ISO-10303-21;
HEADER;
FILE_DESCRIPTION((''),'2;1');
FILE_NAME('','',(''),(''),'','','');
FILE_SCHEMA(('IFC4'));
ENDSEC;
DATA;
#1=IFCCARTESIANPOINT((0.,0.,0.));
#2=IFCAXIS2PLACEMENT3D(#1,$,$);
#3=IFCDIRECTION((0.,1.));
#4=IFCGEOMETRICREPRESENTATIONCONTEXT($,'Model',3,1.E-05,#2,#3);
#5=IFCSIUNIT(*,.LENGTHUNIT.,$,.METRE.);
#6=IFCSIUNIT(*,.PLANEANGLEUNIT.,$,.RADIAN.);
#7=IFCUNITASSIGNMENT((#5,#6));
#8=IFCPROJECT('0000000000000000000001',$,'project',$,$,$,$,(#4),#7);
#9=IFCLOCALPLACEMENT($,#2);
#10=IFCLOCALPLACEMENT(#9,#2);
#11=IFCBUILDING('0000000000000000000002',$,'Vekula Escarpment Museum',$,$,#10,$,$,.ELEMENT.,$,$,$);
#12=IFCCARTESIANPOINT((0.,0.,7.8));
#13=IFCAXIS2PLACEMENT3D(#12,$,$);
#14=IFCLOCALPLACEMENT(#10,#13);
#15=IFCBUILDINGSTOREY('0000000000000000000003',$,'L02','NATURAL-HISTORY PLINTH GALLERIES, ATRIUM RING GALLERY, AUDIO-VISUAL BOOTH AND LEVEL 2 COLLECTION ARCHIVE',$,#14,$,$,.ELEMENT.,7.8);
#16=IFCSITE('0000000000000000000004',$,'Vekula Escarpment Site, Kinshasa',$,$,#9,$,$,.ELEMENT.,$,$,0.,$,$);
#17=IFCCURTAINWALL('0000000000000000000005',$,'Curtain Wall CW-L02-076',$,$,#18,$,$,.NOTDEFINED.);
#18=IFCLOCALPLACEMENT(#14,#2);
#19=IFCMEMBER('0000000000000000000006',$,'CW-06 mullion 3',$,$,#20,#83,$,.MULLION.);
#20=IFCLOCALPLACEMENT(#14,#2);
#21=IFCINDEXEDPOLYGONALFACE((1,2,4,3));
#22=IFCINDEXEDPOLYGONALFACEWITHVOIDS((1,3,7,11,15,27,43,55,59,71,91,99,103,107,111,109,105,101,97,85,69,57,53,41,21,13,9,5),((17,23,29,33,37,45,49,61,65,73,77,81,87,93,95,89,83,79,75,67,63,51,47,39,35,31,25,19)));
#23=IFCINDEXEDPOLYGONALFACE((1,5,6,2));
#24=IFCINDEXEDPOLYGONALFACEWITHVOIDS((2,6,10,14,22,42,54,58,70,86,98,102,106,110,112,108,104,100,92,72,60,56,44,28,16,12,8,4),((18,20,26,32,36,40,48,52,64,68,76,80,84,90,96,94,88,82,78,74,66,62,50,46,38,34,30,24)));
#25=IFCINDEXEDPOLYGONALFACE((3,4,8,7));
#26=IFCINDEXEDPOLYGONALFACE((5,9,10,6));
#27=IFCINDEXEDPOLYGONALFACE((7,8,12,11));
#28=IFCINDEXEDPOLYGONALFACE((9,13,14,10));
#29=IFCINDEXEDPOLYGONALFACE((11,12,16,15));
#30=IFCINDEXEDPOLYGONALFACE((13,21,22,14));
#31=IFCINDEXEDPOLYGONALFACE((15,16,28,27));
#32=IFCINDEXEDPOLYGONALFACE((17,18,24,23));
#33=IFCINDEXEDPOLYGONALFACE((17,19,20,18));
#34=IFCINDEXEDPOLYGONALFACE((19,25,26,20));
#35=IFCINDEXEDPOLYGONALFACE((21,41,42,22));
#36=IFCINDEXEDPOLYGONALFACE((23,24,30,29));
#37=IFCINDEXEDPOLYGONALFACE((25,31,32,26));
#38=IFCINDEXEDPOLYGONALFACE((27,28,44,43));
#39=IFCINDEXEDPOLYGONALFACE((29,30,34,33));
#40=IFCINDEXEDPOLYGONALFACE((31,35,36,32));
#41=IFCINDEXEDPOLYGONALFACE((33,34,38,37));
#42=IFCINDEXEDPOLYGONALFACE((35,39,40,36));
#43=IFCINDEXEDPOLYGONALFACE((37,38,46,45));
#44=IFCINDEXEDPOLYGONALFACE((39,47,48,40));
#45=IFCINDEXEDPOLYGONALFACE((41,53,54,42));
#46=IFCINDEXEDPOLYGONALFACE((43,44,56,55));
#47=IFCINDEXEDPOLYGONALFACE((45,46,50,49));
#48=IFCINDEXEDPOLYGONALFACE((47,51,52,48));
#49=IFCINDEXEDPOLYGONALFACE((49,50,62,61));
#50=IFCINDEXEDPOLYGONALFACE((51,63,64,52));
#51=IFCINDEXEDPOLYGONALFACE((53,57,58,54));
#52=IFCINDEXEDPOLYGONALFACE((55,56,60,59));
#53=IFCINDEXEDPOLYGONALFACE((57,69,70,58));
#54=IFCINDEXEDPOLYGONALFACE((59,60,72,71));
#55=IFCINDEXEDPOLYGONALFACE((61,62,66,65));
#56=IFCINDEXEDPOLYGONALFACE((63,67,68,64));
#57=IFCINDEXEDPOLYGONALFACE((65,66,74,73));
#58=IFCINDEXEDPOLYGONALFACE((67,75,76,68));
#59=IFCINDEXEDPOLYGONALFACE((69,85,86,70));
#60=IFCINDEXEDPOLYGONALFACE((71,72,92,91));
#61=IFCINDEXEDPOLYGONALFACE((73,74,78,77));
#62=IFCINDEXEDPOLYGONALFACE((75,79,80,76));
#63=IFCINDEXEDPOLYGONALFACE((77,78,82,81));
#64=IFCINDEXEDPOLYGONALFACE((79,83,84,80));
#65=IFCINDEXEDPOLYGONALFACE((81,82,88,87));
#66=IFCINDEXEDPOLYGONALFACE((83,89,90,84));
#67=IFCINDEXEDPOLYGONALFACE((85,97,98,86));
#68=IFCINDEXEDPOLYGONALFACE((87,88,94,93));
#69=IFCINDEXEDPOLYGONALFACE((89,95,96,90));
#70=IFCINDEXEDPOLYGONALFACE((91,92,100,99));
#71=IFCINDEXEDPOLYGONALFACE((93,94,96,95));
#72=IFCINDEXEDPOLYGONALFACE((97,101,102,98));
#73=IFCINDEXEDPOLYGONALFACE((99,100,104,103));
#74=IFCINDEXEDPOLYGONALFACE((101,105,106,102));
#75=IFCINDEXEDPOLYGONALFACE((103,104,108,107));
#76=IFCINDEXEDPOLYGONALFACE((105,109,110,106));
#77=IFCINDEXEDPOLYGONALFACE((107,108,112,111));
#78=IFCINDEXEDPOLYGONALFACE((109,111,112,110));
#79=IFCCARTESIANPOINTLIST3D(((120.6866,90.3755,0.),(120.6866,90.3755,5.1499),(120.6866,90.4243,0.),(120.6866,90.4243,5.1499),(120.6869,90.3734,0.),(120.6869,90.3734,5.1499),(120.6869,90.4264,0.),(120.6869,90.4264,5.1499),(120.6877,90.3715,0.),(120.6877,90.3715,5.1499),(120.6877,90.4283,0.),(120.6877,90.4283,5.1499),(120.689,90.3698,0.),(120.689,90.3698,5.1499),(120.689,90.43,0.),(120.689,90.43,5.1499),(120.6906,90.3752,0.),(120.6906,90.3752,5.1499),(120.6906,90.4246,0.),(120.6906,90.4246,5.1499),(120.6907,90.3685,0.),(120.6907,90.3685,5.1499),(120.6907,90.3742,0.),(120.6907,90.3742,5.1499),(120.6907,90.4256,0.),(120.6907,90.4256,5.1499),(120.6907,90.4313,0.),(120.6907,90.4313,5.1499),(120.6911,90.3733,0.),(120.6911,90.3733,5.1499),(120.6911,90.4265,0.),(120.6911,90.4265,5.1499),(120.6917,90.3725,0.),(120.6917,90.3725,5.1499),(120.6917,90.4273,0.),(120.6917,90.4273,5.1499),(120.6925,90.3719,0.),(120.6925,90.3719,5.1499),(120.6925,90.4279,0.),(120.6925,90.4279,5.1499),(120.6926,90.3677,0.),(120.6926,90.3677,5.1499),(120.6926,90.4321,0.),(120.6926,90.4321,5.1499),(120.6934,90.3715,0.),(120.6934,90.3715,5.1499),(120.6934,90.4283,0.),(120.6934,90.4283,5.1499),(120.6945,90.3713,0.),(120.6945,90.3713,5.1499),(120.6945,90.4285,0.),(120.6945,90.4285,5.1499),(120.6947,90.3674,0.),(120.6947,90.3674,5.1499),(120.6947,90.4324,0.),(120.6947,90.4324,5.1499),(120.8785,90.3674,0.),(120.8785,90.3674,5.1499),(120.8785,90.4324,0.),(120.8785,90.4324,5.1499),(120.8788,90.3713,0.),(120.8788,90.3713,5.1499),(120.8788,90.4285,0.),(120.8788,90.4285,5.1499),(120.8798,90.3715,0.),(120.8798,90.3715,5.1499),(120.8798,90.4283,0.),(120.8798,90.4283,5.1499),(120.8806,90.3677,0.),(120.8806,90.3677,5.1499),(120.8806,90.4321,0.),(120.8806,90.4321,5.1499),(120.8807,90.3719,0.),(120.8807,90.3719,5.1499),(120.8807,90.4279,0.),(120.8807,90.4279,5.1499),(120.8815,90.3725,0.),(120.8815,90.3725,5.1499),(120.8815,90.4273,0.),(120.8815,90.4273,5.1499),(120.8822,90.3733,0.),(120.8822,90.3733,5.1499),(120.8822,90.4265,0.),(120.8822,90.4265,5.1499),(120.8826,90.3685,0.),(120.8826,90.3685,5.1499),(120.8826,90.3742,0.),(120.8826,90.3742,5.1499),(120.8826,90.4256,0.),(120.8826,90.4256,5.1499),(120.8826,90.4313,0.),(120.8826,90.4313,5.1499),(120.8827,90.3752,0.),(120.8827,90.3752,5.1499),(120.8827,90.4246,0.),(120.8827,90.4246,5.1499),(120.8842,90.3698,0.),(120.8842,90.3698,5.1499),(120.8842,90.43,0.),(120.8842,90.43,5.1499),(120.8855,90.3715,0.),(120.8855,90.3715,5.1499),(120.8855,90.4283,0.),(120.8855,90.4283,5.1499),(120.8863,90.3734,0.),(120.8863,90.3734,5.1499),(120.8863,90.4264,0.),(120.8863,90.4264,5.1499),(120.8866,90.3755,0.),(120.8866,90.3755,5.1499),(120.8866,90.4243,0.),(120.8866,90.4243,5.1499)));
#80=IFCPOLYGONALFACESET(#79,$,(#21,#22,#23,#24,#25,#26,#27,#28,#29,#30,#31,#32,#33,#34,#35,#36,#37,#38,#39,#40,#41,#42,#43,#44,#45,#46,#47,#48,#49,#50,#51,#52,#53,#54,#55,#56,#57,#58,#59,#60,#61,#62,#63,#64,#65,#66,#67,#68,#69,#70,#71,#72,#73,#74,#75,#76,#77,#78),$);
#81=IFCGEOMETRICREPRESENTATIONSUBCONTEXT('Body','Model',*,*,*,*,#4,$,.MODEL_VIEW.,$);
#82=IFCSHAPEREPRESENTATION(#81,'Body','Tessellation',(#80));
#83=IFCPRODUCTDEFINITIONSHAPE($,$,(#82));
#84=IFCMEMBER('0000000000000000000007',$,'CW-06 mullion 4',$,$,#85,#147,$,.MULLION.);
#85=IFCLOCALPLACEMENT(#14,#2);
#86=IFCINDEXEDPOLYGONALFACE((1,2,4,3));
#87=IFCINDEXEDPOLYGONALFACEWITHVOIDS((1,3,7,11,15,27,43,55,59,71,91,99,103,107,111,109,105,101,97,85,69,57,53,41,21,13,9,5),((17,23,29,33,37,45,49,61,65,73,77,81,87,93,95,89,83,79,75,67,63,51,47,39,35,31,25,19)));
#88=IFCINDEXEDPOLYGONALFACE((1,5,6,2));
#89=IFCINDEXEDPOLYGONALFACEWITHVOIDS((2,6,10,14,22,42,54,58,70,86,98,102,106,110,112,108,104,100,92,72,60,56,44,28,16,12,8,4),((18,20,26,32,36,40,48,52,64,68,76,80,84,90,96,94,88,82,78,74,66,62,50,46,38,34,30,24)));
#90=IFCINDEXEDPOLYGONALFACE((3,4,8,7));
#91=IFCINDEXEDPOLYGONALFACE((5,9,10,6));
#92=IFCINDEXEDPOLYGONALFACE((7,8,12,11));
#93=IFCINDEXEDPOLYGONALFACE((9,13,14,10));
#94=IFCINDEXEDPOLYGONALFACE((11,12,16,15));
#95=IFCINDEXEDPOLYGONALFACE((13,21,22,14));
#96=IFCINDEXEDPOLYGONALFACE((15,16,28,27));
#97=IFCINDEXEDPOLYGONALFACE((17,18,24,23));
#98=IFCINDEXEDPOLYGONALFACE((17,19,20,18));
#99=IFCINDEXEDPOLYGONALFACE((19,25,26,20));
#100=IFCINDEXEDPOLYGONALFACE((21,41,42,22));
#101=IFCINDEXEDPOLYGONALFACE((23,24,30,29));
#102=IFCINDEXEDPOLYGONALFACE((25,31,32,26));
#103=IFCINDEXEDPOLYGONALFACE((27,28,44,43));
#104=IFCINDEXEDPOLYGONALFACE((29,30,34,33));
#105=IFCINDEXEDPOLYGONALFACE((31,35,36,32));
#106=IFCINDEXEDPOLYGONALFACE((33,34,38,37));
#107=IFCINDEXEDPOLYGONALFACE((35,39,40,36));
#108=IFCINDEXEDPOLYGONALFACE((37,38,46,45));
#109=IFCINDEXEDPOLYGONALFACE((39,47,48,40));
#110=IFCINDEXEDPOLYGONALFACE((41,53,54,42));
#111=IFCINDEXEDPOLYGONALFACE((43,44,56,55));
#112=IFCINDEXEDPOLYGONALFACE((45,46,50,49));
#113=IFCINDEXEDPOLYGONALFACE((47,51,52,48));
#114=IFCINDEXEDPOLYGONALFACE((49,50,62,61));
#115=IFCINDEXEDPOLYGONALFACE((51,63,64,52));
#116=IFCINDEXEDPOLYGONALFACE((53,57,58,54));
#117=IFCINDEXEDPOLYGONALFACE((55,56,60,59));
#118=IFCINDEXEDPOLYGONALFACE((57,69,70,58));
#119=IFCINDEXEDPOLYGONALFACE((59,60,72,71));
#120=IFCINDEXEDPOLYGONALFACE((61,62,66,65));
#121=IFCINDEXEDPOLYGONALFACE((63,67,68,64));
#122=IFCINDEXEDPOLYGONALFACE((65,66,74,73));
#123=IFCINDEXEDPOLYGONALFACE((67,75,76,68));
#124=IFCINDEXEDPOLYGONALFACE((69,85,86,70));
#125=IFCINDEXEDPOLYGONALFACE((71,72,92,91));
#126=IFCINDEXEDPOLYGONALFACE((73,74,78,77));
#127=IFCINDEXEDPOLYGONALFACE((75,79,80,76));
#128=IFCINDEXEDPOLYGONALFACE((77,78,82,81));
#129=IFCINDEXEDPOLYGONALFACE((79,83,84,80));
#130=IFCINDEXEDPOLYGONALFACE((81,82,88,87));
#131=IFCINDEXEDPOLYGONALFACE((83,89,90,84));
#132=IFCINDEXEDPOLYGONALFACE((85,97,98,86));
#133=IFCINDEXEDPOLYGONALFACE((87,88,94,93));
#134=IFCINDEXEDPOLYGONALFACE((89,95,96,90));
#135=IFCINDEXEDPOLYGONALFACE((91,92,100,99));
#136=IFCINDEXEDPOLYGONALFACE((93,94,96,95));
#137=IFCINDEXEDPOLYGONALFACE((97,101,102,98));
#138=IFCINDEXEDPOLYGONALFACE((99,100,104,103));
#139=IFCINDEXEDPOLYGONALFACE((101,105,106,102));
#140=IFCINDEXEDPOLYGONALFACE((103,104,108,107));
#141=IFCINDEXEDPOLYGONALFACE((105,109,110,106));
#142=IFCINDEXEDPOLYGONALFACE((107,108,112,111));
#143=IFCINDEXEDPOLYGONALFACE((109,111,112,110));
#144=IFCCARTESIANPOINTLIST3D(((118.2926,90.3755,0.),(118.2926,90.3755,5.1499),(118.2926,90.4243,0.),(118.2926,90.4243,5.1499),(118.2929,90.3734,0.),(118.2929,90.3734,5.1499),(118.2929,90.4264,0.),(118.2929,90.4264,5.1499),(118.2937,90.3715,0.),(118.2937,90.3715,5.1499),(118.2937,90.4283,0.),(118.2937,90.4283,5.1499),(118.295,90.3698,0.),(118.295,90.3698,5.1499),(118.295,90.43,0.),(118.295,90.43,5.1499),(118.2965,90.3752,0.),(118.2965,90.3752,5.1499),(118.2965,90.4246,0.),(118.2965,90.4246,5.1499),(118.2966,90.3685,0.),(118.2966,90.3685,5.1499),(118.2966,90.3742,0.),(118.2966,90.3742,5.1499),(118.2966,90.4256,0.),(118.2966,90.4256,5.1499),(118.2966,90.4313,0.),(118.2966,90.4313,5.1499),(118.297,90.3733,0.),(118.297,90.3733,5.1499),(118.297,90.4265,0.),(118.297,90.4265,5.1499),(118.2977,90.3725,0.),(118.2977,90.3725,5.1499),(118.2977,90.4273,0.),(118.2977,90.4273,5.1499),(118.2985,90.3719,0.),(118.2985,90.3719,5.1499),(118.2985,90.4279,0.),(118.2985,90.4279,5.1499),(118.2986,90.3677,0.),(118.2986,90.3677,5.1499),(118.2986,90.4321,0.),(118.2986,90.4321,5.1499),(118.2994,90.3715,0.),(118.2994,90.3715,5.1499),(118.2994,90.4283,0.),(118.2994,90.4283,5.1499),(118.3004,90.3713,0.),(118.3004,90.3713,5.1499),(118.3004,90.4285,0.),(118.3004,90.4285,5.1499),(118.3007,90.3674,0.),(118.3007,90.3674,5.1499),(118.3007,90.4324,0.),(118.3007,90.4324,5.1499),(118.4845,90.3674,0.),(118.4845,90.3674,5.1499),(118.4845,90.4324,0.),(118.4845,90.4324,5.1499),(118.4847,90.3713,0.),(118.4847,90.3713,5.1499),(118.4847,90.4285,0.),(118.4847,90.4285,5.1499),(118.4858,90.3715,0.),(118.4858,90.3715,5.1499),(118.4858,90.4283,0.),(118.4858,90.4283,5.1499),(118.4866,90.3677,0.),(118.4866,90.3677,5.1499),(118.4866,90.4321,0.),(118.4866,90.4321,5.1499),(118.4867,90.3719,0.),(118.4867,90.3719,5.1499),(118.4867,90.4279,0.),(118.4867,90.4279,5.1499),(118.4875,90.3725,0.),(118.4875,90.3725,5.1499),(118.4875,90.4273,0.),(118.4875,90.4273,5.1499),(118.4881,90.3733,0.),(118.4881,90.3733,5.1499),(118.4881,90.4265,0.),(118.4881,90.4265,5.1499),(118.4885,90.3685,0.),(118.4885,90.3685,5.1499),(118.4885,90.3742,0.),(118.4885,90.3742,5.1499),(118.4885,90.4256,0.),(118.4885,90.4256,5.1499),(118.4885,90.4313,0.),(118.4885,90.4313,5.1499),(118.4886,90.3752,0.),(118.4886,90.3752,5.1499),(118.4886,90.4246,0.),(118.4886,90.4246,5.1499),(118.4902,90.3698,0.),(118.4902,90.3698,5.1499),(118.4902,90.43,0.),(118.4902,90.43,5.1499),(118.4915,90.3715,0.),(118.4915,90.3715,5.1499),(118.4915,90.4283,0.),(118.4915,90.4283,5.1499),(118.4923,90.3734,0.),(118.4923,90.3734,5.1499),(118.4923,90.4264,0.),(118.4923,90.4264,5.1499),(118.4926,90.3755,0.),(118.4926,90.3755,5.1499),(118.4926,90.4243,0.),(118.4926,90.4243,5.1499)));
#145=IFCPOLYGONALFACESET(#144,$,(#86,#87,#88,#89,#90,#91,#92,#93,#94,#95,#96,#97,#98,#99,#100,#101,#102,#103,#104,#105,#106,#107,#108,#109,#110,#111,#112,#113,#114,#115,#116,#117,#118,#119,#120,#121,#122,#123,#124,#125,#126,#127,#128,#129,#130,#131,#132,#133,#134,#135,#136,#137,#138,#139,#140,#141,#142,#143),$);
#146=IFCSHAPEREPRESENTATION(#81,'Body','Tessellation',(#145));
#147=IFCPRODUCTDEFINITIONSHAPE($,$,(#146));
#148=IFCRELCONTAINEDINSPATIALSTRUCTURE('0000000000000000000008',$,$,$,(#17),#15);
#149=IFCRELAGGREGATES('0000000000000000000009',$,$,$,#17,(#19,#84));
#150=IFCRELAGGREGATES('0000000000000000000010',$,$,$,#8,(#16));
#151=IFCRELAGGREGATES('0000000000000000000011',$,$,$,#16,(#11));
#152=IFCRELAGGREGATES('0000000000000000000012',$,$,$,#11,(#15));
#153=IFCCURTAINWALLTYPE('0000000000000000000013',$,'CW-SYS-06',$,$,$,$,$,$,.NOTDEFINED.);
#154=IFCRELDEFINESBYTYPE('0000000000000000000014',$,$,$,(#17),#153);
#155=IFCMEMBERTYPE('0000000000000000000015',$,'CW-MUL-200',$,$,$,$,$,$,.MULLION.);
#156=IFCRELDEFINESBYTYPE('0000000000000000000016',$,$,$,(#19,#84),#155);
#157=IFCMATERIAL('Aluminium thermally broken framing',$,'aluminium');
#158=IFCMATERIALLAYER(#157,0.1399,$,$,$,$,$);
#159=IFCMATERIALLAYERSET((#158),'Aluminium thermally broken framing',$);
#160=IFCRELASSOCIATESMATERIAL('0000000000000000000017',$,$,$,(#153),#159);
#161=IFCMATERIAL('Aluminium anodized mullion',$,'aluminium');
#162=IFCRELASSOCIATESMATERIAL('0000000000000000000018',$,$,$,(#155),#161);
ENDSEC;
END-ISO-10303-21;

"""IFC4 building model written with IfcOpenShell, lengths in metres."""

from ifc_helpers import new_model, si_unit, direction, frame, origin, origin_2d, place, context, subcontext, project, spatial, hollow_rectangle, extrude, material, layer, layer_set, material_profile, profile_set, type_object, element, aggregate, save


model = new_model("IFC4")

# Units and contexts
model_context = context("Model", 3, precision=1e-05, world=origin(), true_north=direction((0.0, 1.0)))
body_context = subcontext(model_context, "Body", "Model", "MODEL_VIEW")
ifc_project = project(units=[si_unit("LENGTHUNIT", "METRE"), si_unit("PLANEANGLEUNIT", "RADIAN")], contexts=[model_context])

# Site, building, storey
site_placement = place(None, origin())
site = spatial("IfcSite", under=ifc_project, at=site_placement, Name="Vekula Escarpment Site, Kinshasa", CompositionType="ELEMENT", RefElevation=0.0)
building_placement = place(site_placement, origin())
building = spatial("IfcBuilding", under=site, at=building_placement, Name="Vekula Escarpment Museum", CompositionType="ELEMENT")
storey_placement = place(building_placement, frame((0.0, 0.0, 7.8)))
storey = spatial("IfcBuildingStorey", under=building, at=storey_placement, Name="L02", Description="NATURAL-HISTORY PLINTH GALLERIES, ATRIUM RING GALLERY, AUDIO-VISUAL BOOTH AND LEVEL 2 COLLECTION ARCHIVE", CompositionType="ELEMENT", Elevation=7.8)

# Curtain wall, members
ifc_material_1 = material(Name="Aluminium thermally broken framing", Category="aluminium")
ifc_layer_1 = layer(ifc_material_1, 0.1399)
ifc_layer_set_1 = layer_set([ifc_layer_1], Name="Aluminium thermally broken framing")
curtain_wall_type = type_object("IfcCurtainWallType", Name="CW-SYS-06", PredefinedType="NOTDEFINED", material=ifc_layer_set_1)
curtain_wall_placement = place(storey_placement, origin())
curtain_wall = element("IfcCurtainWall", 1, at=curtain_wall_placement, inside=storey, type_object=curtain_wall_type, Name="Curtain Wall CW-L02-076", PredefinedType="NOTDEFINED")
ifc_material_2 = material(Name="Aluminium anodized mullion", Category="aluminium")
ifc_material_profile_1 = material_profile(ifc_material_2, hollow_rectangle(XDim=0.0649, YDim=0.2, WallThickness=0.0039, InnerFilletRadius=0.0039, OuterFilletRadius=0.0081, at=origin_2d()), Name="ALU 200x65x4")
ifc_profile_set_1 = profile_set([ifc_material_profile_1], Name="Aluminium anodized mullion")
member_type_1 = type_object("IfcMemberType", Name="CW-MUL-200", PredefinedType="MULLION", material=ifc_profile_set_1)
member_1_placement = place(storey_placement, frame((120.7866, 90.3999, 0.0), z_axis=(0.0, 0.0, 1.0), x_axis=(0.0, -1.0, 0.0)))
member_1 = element("IfcMember", 2, at=member_1_placement, type_object=member_type_1, Name="CW-06 mullion 3", PredefinedType="MULLION", context=body_context, shape_type="SweptSolid", body=[
    extrude(hollow_rectangle(XDim=0.0649, YDim=0.2, WallThickness=0.0039, InnerFilletRadius=0.0039, OuterFilletRadius=0.0081, at=origin_2d()), origin(), (0.0, 0.0, 1.0), 5.1499),
])
member_2_placement = place(storey_placement, frame((118.3926, 90.3999, 0.0), z_axis=(0.0, 0.0, 1.0), x_axis=(0.0, -1.0, 0.0)))
member_2 = element("IfcMember", 3, at=member_2_placement, type_object=member_type_1, Name="CW-06 mullion 4", PredefinedType="MULLION", context=body_context, shape_type="SweptSolid", body=[
    extrude(hollow_rectangle(XDim=0.0649, YDim=0.2, WallThickness=0.0039, InnerFilletRadius=0.0039, OuterFilletRadius=0.0081, at=origin_2d()), origin(), (0.0, 0.0, 1.0), 5.1499),
])

aggregate(curtain_wall, [member_1, member_2])

save(model, "model.ifc")
